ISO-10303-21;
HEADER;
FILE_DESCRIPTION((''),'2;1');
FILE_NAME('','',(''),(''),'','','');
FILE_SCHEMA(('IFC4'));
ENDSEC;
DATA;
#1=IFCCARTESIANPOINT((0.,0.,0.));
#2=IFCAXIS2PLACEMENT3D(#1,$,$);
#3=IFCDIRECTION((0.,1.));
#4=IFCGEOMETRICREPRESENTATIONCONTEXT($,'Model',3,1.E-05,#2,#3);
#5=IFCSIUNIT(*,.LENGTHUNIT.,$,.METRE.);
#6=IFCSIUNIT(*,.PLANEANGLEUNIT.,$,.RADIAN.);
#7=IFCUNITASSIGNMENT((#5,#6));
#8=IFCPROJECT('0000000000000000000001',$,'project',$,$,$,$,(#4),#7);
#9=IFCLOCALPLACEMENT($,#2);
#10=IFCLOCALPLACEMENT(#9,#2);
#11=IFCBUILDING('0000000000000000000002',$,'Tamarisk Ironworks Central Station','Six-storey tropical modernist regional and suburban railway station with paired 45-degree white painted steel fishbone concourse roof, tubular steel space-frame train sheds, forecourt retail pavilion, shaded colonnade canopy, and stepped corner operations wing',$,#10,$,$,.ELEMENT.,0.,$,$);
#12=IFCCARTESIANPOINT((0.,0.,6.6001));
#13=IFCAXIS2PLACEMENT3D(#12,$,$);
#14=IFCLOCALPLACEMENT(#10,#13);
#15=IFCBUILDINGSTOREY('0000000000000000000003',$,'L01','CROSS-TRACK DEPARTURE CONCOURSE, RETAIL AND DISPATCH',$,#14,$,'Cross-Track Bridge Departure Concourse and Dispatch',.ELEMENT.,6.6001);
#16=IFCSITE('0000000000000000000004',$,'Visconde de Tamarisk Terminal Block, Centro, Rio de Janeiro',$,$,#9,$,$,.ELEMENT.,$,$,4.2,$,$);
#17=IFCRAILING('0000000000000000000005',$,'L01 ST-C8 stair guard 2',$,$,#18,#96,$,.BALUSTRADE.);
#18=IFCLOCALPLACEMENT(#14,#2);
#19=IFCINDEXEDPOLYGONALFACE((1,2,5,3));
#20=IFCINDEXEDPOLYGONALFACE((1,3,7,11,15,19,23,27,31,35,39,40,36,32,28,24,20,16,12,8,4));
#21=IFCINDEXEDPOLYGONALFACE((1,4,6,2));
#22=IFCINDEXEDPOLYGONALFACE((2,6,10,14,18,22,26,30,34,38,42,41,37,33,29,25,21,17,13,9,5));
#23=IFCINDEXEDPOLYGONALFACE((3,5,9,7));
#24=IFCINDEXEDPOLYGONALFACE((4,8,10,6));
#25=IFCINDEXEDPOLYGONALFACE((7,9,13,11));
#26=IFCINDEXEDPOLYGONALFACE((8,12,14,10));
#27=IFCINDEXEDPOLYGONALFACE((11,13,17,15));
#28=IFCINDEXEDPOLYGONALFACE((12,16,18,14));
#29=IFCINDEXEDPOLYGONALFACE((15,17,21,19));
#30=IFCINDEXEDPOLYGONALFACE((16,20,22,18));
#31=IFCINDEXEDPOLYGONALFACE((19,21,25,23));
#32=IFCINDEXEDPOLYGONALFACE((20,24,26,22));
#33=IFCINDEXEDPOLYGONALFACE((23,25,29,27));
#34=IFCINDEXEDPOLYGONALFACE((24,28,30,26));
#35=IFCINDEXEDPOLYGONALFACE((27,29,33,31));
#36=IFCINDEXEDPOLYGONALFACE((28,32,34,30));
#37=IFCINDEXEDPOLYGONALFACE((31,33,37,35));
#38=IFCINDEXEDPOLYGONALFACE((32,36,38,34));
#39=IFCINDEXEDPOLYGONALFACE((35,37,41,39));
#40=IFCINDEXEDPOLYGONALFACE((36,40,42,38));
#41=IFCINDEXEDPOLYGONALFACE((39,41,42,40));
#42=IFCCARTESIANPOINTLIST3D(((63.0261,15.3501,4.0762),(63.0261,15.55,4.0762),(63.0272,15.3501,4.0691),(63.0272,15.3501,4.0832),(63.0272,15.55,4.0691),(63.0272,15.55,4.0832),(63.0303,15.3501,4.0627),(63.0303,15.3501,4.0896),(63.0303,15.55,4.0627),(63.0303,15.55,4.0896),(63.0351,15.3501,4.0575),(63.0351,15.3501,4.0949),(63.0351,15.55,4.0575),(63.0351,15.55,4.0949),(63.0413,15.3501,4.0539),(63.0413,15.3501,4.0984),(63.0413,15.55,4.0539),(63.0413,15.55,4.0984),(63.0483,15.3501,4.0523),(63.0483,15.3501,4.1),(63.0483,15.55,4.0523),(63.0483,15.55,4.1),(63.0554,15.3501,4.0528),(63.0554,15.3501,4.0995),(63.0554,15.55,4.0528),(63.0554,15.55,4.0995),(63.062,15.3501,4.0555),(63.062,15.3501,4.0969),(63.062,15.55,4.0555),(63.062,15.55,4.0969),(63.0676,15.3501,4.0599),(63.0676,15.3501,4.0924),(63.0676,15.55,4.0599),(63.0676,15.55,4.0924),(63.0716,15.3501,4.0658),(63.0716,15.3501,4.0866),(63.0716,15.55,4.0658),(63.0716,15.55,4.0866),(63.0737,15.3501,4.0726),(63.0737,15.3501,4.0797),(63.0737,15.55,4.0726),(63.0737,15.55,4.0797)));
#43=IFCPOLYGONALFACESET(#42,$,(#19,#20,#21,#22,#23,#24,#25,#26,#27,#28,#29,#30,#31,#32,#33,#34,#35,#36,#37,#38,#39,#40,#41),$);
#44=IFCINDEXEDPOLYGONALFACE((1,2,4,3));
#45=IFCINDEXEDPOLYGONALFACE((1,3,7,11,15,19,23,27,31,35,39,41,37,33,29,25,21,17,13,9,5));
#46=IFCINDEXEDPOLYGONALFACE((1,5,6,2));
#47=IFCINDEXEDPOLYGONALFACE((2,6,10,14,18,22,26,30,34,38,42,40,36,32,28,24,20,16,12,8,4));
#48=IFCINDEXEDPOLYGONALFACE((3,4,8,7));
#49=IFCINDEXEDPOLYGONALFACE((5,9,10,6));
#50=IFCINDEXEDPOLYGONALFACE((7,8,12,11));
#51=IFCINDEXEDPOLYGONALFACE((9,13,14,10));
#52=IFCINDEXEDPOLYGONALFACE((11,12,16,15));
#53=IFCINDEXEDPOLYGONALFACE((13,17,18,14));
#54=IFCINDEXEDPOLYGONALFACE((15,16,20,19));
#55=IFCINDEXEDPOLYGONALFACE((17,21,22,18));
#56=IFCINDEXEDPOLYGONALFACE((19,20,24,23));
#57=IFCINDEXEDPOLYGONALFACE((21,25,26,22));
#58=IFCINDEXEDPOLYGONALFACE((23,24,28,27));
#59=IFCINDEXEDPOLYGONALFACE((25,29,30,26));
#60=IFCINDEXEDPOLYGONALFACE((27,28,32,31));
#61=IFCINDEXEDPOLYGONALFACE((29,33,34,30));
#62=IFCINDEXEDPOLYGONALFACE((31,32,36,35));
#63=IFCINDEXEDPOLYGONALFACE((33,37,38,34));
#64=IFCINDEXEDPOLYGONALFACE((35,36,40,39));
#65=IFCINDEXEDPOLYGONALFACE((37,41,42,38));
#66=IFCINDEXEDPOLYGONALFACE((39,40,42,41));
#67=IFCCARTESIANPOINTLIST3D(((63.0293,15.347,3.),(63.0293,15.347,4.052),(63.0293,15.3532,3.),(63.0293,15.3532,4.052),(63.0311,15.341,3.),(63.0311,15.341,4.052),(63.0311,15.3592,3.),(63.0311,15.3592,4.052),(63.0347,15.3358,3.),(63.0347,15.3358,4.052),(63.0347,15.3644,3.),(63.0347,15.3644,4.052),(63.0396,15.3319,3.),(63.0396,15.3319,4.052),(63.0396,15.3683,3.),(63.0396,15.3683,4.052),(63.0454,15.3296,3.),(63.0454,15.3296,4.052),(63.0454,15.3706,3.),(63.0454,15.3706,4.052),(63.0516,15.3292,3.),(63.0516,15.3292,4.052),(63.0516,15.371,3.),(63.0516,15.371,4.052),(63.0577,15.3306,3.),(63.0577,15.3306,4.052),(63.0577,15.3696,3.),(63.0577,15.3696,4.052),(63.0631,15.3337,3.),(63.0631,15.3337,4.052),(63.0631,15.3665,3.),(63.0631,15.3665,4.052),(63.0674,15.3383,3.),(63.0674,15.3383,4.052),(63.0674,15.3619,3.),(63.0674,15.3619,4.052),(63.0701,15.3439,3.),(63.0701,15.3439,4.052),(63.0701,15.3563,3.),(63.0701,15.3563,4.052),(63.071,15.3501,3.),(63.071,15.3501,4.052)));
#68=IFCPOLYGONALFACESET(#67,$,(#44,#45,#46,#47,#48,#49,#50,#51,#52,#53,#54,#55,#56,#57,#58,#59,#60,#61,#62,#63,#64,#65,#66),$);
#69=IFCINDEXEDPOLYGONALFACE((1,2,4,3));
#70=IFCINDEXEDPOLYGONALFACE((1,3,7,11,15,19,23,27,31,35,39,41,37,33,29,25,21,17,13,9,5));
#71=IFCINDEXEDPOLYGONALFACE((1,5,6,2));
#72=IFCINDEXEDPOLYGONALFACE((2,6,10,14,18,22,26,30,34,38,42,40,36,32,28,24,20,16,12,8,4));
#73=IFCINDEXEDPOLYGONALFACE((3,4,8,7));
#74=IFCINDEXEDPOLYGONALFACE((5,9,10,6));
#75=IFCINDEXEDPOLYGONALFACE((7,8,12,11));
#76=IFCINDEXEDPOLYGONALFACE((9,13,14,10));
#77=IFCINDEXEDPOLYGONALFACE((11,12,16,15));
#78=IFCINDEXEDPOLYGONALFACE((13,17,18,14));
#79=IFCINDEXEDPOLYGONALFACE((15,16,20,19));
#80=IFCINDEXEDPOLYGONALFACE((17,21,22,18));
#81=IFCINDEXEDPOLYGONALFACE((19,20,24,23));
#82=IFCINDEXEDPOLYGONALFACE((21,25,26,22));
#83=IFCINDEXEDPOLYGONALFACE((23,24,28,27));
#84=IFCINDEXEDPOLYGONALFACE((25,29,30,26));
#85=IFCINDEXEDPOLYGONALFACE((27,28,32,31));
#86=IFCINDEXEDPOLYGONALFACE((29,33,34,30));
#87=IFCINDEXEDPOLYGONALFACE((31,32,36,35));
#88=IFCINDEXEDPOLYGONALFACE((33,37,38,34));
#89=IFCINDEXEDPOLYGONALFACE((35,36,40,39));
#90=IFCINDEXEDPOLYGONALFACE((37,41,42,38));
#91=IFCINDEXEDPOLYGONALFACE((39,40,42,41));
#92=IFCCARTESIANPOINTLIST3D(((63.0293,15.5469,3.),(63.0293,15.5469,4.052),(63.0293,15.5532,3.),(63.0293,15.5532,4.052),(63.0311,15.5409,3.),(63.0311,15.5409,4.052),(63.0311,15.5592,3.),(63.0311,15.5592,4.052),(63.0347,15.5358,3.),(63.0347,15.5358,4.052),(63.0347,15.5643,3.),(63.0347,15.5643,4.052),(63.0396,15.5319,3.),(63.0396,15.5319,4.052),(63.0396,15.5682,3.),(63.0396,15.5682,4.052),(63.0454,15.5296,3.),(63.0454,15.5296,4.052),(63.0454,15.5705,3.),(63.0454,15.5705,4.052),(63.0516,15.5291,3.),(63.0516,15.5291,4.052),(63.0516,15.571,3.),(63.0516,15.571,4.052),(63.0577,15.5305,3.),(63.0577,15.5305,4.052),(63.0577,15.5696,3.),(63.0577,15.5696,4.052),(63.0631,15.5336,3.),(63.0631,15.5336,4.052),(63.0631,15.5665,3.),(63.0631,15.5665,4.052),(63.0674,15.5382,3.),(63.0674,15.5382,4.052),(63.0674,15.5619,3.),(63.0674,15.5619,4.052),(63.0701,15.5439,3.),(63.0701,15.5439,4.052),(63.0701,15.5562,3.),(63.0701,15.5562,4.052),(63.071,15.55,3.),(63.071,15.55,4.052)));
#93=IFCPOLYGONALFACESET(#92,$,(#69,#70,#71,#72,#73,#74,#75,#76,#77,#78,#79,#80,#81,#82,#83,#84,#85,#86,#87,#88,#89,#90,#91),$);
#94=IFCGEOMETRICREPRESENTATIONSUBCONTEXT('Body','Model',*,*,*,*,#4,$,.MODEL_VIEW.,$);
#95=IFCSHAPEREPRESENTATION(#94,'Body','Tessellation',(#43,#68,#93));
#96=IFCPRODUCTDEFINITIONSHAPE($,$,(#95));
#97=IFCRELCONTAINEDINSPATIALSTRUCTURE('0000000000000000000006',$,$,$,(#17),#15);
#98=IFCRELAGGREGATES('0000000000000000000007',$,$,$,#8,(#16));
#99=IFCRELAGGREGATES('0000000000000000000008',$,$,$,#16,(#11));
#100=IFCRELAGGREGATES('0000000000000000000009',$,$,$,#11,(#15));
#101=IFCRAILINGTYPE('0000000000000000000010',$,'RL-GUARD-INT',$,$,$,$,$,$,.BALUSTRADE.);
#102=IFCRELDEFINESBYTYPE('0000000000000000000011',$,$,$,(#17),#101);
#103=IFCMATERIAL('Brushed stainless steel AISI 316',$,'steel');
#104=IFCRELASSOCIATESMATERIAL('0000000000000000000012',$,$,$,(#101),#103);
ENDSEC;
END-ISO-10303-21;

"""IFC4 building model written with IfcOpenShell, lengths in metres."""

from ifc_helpers import new_model, si_unit, direction, frame, origin, origin_2d, place, context, subcontext, project, spatial, circle, extrude, material, type_object, element, save


model = new_model("IFC4")

# Units and contexts
model_context = context("Model", 3, precision=1e-05, world=origin(), true_north=direction((0.0, 1.0)))
body_context = subcontext(model_context, "Body", "Model", "MODEL_VIEW")
ifc_project = project(units=[si_unit("LENGTHUNIT", "METRE"), si_unit("PLANEANGLEUNIT", "RADIAN")], contexts=[model_context])

# Site, building, storey
site_placement = place(None, origin())
site = spatial("IfcSite", under=ifc_project, at=site_placement, Name="Visconde de Tamarisk Terminal Block, Centro, Rio de Janeiro", CompositionType="ELEMENT", RefElevation=4.2)
building_placement = place(site_placement, origin())
building = spatial("IfcBuilding", under=site, at=building_placement, Name="Tamarisk Ironworks Central Station", Description="Six-storey tropical modernist regional and suburban railway station with paired 45-degree white painted steel fishbone concourse roof, tubular steel space-frame train sheds, forecourt retail pavilion, shaded colonnade canopy, and stepped corner operations wing", CompositionType="ELEMENT", ElevationOfRefHeight=0.0)
storey_placement = place(building_placement, frame((0.0, 0.0, 6.6001)))
storey = spatial("IfcBuildingStorey", under=building, at=storey_placement, Name="L01", Description="CROSS-TRACK DEPARTURE CONCOURSE, RETAIL AND DISPATCH", LongName="Cross-Track Bridge Departure Concourse and Dispatch", CompositionType="ELEMENT", Elevation=6.6001)

# Railing
ifc_material_1 = material(Name="Brushed stainless steel AISI 316", Category="steel")
railing_type_1 = type_object("IfcRailingType", Name="RL-GUARD-INT", PredefinedType="BALUSTRADE", material=ifc_material_1)
railing_1_placement = place(storey_placement, frame((63.05, 15.3501, 3.0)))
element("IfcRailing", 1, at=railing_1_placement, inside=storey, type_object=railing_type_1, Name="L01 ST-C8 stair guard 2", PredefinedType="BALUSTRADE", context=body_context, shape_type="SweptSolid", body=[
    extrude(circle(Radius=0.0239, at=origin_2d()), frame((0.0, 0.0, 1.0762), z_axis=(0.0, 1.0, 0.0), x_axis=(-1.0, 0.0, 0.0)), (0.0, 0.0, 1.0), 0.2),
    extrude(circle(Radius=0.021, at=origin_2d()), origin(), (0.0, 0.0, 1.0), 1.052),
    extrude(circle(Radius=0.021, at=origin_2d()), frame((0.0, 0.2, 0.0)), (0.0, 0.0, 1.0), 1.052),
])

save(model, "model.ifc")
